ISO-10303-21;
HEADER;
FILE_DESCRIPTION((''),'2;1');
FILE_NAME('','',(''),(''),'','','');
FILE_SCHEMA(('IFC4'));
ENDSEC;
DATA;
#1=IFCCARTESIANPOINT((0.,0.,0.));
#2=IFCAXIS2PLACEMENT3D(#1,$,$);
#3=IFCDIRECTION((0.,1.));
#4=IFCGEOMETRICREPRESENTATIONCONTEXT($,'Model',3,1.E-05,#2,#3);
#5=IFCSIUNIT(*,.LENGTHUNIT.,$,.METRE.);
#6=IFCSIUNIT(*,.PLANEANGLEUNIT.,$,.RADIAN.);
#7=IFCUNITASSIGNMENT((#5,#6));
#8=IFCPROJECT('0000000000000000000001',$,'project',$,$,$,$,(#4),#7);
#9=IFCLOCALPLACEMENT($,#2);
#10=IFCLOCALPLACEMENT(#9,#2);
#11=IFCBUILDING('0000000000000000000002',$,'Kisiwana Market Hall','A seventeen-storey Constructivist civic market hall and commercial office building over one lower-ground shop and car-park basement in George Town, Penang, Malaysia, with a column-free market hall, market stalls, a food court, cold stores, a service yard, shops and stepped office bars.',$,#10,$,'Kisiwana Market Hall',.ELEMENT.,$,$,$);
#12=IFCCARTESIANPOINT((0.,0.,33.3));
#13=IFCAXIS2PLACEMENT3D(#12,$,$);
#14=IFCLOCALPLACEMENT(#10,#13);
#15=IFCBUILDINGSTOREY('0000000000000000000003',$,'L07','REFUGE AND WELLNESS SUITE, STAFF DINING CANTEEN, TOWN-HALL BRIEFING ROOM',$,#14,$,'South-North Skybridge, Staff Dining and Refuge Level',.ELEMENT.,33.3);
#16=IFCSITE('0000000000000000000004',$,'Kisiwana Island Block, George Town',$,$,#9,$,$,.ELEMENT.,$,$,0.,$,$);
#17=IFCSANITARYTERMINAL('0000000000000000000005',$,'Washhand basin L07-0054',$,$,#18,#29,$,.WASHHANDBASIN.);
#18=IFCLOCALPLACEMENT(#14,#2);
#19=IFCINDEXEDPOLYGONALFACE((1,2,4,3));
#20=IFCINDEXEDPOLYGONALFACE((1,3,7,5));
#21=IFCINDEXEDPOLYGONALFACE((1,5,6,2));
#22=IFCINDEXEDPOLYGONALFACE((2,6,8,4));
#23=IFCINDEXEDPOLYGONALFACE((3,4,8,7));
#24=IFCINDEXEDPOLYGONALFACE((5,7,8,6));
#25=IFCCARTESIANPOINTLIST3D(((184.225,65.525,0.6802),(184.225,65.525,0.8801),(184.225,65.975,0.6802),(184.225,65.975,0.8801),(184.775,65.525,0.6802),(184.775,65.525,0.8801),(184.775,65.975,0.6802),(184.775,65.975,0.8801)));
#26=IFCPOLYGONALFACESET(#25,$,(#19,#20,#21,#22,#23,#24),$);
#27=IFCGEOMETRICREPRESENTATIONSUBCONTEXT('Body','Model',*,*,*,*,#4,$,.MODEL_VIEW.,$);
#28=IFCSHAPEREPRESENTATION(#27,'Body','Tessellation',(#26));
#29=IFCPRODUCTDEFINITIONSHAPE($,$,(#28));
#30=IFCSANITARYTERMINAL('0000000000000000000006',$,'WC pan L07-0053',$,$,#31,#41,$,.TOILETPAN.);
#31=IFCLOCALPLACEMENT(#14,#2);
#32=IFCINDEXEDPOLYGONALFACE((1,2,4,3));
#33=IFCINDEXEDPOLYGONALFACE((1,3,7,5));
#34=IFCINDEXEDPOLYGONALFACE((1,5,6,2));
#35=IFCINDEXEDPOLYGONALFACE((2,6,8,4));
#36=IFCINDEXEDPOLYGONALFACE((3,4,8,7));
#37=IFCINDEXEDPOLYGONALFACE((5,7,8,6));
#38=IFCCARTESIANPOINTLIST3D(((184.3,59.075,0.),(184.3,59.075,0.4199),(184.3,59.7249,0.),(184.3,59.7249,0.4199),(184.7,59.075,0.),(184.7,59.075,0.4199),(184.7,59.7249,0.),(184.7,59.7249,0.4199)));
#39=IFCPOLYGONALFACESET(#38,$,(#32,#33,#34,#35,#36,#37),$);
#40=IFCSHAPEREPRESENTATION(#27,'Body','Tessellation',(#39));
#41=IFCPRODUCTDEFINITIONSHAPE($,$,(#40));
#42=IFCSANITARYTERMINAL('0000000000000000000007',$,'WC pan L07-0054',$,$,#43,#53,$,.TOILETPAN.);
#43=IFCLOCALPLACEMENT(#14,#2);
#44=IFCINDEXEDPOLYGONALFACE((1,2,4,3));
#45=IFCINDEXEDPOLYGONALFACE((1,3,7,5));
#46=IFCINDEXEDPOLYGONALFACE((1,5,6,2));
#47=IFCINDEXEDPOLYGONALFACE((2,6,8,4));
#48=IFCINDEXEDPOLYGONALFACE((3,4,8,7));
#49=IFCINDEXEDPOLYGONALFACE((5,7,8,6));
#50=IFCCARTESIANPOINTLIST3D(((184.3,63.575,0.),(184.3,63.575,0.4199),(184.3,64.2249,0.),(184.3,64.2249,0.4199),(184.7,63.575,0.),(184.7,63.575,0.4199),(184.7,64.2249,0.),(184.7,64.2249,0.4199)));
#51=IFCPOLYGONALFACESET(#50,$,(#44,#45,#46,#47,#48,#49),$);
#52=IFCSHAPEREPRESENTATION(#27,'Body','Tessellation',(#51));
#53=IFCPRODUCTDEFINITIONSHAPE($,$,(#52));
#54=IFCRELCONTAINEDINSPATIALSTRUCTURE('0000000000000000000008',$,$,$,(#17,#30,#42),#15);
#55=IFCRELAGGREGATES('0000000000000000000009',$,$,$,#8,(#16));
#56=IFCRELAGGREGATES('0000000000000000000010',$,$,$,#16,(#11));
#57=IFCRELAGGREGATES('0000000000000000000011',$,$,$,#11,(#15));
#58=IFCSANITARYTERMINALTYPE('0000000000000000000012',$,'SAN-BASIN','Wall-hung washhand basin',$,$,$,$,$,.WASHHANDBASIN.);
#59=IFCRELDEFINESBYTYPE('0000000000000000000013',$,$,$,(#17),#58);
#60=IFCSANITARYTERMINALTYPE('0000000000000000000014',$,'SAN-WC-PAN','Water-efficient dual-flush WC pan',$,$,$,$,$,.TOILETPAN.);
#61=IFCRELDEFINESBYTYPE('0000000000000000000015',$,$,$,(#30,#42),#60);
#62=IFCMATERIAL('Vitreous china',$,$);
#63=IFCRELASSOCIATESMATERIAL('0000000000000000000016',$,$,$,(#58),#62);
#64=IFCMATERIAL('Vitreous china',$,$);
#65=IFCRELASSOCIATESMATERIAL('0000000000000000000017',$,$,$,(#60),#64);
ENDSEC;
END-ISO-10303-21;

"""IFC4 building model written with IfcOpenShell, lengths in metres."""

from ifc_helpers import new_model, si_unit, direction, frame, origin, origin_2d, place, context, subcontext, project, spatial, rectangle, extrude, material, type_object, element, save


model = new_model("IFC4")

# Units and contexts
model_context = context("Model", 3, precision=1e-05, world=origin(), true_north=direction((0.0, 1.0)))
body_context = subcontext(model_context, "Body", "Model", "MODEL_VIEW")
ifc_project = project(units=[si_unit("LENGTHUNIT", "METRE"), si_unit("PLANEANGLEUNIT", "RADIAN")], contexts=[model_context])

# Site, building, storey
site_placement = place(None, origin())
site = spatial("IfcSite", under=ifc_project, at=site_placement, Name="Kisiwana Island Block, George Town", CompositionType="ELEMENT", RefElevation=0.0)
building_placement = place(site_placement, origin())
building = spatial("IfcBuilding", under=site, at=building_placement, Name="Kisiwana Market Hall", Description="A seventeen-storey Constructivist civic market hall and commercial office building over one lower-ground shop and car-park basement in George Town, Penang, Malaysia, with a column-free market hall, market stalls, a food court, cold stores, a service yard, shops and stepped office bars.", LongName="Kisiwana Market Hall", CompositionType="ELEMENT")
storey_placement = place(building_placement, frame((0.0, 0.0, 33.3)))
storey = spatial("IfcBuildingStorey", under=building, at=storey_placement, Name="L07", Description="REFUGE AND WELLNESS SUITE, STAFF DINING CANTEEN, TOWN-HALL BRIEFING ROOM", LongName="South-North Skybridge, Staff Dining and Refuge Level", CompositionType="ELEMENT", Elevation=33.3)

# Sanitary terminals
ifc_material_1 = material(Name="Vitreous china")
sanitary_terminal_type_1 = type_object("IfcSanitaryTerminalType", Name="SAN-BASIN", Description="Wall-hung washhand basin", PredefinedType="WASHHANDBASIN", material=ifc_material_1)
for number, where, z_axis, x_axis, name in (
    (1, (184.5, 65.75, 0.6802), (0.0, 0.0, 1.0), (1.0, 0.0, 0.0), "Washhand basin L07-0054"),
):
    element("IfcSanitaryTerminal", number, at=place(storey_placement, frame(where, z_axis=z_axis, x_axis=x_axis)), inside=storey, type_object=sanitary_terminal_type_1, Name=name, PredefinedType="WASHHANDBASIN", context=body_context, shape_type="SweptSolid", body=[
        extrude(rectangle(XDim=0.55, YDim=0.45, at=origin_2d()), origin(), (0.0, 0.0, 1.0), 0.2),
    ])
ifc_material_2 = material(Name="Vitreous china")
sanitary_terminal_type_2 = type_object("IfcSanitaryTerminalType", Name="SAN-WC-PAN", Description="Water-efficient dual-flush WC pan", PredefinedType="TOILETPAN", material=ifc_material_2)
for number, where, z_axis, x_axis, name in (
    (2, (184.5, 59.3999, 0.0), (0.0, 0.0, 1.0), (1.0, 0.0, 0.0), "WC pan L07-0053"),
    (3, (184.5, 63.8999, 0.0), (0.0, 0.0, 1.0), (1.0, 0.0, 0.0), "WC pan L07-0054"),
):
    element("IfcSanitaryTerminal", number, at=place(storey_placement, frame(where, z_axis=z_axis, x_axis=x_axis)), inside=storey, type_object=sanitary_terminal_type_2, Name=name, PredefinedType="TOILETPAN", context=body_context, shape_type="SweptSolid", body=[
        extrude(rectangle(XDim=0.3999, YDim=0.6499, at=origin_2d()), origin(), (0.0, 0.0, 1.0), 0.4199),
    ])

save(model, "model.ifc")
